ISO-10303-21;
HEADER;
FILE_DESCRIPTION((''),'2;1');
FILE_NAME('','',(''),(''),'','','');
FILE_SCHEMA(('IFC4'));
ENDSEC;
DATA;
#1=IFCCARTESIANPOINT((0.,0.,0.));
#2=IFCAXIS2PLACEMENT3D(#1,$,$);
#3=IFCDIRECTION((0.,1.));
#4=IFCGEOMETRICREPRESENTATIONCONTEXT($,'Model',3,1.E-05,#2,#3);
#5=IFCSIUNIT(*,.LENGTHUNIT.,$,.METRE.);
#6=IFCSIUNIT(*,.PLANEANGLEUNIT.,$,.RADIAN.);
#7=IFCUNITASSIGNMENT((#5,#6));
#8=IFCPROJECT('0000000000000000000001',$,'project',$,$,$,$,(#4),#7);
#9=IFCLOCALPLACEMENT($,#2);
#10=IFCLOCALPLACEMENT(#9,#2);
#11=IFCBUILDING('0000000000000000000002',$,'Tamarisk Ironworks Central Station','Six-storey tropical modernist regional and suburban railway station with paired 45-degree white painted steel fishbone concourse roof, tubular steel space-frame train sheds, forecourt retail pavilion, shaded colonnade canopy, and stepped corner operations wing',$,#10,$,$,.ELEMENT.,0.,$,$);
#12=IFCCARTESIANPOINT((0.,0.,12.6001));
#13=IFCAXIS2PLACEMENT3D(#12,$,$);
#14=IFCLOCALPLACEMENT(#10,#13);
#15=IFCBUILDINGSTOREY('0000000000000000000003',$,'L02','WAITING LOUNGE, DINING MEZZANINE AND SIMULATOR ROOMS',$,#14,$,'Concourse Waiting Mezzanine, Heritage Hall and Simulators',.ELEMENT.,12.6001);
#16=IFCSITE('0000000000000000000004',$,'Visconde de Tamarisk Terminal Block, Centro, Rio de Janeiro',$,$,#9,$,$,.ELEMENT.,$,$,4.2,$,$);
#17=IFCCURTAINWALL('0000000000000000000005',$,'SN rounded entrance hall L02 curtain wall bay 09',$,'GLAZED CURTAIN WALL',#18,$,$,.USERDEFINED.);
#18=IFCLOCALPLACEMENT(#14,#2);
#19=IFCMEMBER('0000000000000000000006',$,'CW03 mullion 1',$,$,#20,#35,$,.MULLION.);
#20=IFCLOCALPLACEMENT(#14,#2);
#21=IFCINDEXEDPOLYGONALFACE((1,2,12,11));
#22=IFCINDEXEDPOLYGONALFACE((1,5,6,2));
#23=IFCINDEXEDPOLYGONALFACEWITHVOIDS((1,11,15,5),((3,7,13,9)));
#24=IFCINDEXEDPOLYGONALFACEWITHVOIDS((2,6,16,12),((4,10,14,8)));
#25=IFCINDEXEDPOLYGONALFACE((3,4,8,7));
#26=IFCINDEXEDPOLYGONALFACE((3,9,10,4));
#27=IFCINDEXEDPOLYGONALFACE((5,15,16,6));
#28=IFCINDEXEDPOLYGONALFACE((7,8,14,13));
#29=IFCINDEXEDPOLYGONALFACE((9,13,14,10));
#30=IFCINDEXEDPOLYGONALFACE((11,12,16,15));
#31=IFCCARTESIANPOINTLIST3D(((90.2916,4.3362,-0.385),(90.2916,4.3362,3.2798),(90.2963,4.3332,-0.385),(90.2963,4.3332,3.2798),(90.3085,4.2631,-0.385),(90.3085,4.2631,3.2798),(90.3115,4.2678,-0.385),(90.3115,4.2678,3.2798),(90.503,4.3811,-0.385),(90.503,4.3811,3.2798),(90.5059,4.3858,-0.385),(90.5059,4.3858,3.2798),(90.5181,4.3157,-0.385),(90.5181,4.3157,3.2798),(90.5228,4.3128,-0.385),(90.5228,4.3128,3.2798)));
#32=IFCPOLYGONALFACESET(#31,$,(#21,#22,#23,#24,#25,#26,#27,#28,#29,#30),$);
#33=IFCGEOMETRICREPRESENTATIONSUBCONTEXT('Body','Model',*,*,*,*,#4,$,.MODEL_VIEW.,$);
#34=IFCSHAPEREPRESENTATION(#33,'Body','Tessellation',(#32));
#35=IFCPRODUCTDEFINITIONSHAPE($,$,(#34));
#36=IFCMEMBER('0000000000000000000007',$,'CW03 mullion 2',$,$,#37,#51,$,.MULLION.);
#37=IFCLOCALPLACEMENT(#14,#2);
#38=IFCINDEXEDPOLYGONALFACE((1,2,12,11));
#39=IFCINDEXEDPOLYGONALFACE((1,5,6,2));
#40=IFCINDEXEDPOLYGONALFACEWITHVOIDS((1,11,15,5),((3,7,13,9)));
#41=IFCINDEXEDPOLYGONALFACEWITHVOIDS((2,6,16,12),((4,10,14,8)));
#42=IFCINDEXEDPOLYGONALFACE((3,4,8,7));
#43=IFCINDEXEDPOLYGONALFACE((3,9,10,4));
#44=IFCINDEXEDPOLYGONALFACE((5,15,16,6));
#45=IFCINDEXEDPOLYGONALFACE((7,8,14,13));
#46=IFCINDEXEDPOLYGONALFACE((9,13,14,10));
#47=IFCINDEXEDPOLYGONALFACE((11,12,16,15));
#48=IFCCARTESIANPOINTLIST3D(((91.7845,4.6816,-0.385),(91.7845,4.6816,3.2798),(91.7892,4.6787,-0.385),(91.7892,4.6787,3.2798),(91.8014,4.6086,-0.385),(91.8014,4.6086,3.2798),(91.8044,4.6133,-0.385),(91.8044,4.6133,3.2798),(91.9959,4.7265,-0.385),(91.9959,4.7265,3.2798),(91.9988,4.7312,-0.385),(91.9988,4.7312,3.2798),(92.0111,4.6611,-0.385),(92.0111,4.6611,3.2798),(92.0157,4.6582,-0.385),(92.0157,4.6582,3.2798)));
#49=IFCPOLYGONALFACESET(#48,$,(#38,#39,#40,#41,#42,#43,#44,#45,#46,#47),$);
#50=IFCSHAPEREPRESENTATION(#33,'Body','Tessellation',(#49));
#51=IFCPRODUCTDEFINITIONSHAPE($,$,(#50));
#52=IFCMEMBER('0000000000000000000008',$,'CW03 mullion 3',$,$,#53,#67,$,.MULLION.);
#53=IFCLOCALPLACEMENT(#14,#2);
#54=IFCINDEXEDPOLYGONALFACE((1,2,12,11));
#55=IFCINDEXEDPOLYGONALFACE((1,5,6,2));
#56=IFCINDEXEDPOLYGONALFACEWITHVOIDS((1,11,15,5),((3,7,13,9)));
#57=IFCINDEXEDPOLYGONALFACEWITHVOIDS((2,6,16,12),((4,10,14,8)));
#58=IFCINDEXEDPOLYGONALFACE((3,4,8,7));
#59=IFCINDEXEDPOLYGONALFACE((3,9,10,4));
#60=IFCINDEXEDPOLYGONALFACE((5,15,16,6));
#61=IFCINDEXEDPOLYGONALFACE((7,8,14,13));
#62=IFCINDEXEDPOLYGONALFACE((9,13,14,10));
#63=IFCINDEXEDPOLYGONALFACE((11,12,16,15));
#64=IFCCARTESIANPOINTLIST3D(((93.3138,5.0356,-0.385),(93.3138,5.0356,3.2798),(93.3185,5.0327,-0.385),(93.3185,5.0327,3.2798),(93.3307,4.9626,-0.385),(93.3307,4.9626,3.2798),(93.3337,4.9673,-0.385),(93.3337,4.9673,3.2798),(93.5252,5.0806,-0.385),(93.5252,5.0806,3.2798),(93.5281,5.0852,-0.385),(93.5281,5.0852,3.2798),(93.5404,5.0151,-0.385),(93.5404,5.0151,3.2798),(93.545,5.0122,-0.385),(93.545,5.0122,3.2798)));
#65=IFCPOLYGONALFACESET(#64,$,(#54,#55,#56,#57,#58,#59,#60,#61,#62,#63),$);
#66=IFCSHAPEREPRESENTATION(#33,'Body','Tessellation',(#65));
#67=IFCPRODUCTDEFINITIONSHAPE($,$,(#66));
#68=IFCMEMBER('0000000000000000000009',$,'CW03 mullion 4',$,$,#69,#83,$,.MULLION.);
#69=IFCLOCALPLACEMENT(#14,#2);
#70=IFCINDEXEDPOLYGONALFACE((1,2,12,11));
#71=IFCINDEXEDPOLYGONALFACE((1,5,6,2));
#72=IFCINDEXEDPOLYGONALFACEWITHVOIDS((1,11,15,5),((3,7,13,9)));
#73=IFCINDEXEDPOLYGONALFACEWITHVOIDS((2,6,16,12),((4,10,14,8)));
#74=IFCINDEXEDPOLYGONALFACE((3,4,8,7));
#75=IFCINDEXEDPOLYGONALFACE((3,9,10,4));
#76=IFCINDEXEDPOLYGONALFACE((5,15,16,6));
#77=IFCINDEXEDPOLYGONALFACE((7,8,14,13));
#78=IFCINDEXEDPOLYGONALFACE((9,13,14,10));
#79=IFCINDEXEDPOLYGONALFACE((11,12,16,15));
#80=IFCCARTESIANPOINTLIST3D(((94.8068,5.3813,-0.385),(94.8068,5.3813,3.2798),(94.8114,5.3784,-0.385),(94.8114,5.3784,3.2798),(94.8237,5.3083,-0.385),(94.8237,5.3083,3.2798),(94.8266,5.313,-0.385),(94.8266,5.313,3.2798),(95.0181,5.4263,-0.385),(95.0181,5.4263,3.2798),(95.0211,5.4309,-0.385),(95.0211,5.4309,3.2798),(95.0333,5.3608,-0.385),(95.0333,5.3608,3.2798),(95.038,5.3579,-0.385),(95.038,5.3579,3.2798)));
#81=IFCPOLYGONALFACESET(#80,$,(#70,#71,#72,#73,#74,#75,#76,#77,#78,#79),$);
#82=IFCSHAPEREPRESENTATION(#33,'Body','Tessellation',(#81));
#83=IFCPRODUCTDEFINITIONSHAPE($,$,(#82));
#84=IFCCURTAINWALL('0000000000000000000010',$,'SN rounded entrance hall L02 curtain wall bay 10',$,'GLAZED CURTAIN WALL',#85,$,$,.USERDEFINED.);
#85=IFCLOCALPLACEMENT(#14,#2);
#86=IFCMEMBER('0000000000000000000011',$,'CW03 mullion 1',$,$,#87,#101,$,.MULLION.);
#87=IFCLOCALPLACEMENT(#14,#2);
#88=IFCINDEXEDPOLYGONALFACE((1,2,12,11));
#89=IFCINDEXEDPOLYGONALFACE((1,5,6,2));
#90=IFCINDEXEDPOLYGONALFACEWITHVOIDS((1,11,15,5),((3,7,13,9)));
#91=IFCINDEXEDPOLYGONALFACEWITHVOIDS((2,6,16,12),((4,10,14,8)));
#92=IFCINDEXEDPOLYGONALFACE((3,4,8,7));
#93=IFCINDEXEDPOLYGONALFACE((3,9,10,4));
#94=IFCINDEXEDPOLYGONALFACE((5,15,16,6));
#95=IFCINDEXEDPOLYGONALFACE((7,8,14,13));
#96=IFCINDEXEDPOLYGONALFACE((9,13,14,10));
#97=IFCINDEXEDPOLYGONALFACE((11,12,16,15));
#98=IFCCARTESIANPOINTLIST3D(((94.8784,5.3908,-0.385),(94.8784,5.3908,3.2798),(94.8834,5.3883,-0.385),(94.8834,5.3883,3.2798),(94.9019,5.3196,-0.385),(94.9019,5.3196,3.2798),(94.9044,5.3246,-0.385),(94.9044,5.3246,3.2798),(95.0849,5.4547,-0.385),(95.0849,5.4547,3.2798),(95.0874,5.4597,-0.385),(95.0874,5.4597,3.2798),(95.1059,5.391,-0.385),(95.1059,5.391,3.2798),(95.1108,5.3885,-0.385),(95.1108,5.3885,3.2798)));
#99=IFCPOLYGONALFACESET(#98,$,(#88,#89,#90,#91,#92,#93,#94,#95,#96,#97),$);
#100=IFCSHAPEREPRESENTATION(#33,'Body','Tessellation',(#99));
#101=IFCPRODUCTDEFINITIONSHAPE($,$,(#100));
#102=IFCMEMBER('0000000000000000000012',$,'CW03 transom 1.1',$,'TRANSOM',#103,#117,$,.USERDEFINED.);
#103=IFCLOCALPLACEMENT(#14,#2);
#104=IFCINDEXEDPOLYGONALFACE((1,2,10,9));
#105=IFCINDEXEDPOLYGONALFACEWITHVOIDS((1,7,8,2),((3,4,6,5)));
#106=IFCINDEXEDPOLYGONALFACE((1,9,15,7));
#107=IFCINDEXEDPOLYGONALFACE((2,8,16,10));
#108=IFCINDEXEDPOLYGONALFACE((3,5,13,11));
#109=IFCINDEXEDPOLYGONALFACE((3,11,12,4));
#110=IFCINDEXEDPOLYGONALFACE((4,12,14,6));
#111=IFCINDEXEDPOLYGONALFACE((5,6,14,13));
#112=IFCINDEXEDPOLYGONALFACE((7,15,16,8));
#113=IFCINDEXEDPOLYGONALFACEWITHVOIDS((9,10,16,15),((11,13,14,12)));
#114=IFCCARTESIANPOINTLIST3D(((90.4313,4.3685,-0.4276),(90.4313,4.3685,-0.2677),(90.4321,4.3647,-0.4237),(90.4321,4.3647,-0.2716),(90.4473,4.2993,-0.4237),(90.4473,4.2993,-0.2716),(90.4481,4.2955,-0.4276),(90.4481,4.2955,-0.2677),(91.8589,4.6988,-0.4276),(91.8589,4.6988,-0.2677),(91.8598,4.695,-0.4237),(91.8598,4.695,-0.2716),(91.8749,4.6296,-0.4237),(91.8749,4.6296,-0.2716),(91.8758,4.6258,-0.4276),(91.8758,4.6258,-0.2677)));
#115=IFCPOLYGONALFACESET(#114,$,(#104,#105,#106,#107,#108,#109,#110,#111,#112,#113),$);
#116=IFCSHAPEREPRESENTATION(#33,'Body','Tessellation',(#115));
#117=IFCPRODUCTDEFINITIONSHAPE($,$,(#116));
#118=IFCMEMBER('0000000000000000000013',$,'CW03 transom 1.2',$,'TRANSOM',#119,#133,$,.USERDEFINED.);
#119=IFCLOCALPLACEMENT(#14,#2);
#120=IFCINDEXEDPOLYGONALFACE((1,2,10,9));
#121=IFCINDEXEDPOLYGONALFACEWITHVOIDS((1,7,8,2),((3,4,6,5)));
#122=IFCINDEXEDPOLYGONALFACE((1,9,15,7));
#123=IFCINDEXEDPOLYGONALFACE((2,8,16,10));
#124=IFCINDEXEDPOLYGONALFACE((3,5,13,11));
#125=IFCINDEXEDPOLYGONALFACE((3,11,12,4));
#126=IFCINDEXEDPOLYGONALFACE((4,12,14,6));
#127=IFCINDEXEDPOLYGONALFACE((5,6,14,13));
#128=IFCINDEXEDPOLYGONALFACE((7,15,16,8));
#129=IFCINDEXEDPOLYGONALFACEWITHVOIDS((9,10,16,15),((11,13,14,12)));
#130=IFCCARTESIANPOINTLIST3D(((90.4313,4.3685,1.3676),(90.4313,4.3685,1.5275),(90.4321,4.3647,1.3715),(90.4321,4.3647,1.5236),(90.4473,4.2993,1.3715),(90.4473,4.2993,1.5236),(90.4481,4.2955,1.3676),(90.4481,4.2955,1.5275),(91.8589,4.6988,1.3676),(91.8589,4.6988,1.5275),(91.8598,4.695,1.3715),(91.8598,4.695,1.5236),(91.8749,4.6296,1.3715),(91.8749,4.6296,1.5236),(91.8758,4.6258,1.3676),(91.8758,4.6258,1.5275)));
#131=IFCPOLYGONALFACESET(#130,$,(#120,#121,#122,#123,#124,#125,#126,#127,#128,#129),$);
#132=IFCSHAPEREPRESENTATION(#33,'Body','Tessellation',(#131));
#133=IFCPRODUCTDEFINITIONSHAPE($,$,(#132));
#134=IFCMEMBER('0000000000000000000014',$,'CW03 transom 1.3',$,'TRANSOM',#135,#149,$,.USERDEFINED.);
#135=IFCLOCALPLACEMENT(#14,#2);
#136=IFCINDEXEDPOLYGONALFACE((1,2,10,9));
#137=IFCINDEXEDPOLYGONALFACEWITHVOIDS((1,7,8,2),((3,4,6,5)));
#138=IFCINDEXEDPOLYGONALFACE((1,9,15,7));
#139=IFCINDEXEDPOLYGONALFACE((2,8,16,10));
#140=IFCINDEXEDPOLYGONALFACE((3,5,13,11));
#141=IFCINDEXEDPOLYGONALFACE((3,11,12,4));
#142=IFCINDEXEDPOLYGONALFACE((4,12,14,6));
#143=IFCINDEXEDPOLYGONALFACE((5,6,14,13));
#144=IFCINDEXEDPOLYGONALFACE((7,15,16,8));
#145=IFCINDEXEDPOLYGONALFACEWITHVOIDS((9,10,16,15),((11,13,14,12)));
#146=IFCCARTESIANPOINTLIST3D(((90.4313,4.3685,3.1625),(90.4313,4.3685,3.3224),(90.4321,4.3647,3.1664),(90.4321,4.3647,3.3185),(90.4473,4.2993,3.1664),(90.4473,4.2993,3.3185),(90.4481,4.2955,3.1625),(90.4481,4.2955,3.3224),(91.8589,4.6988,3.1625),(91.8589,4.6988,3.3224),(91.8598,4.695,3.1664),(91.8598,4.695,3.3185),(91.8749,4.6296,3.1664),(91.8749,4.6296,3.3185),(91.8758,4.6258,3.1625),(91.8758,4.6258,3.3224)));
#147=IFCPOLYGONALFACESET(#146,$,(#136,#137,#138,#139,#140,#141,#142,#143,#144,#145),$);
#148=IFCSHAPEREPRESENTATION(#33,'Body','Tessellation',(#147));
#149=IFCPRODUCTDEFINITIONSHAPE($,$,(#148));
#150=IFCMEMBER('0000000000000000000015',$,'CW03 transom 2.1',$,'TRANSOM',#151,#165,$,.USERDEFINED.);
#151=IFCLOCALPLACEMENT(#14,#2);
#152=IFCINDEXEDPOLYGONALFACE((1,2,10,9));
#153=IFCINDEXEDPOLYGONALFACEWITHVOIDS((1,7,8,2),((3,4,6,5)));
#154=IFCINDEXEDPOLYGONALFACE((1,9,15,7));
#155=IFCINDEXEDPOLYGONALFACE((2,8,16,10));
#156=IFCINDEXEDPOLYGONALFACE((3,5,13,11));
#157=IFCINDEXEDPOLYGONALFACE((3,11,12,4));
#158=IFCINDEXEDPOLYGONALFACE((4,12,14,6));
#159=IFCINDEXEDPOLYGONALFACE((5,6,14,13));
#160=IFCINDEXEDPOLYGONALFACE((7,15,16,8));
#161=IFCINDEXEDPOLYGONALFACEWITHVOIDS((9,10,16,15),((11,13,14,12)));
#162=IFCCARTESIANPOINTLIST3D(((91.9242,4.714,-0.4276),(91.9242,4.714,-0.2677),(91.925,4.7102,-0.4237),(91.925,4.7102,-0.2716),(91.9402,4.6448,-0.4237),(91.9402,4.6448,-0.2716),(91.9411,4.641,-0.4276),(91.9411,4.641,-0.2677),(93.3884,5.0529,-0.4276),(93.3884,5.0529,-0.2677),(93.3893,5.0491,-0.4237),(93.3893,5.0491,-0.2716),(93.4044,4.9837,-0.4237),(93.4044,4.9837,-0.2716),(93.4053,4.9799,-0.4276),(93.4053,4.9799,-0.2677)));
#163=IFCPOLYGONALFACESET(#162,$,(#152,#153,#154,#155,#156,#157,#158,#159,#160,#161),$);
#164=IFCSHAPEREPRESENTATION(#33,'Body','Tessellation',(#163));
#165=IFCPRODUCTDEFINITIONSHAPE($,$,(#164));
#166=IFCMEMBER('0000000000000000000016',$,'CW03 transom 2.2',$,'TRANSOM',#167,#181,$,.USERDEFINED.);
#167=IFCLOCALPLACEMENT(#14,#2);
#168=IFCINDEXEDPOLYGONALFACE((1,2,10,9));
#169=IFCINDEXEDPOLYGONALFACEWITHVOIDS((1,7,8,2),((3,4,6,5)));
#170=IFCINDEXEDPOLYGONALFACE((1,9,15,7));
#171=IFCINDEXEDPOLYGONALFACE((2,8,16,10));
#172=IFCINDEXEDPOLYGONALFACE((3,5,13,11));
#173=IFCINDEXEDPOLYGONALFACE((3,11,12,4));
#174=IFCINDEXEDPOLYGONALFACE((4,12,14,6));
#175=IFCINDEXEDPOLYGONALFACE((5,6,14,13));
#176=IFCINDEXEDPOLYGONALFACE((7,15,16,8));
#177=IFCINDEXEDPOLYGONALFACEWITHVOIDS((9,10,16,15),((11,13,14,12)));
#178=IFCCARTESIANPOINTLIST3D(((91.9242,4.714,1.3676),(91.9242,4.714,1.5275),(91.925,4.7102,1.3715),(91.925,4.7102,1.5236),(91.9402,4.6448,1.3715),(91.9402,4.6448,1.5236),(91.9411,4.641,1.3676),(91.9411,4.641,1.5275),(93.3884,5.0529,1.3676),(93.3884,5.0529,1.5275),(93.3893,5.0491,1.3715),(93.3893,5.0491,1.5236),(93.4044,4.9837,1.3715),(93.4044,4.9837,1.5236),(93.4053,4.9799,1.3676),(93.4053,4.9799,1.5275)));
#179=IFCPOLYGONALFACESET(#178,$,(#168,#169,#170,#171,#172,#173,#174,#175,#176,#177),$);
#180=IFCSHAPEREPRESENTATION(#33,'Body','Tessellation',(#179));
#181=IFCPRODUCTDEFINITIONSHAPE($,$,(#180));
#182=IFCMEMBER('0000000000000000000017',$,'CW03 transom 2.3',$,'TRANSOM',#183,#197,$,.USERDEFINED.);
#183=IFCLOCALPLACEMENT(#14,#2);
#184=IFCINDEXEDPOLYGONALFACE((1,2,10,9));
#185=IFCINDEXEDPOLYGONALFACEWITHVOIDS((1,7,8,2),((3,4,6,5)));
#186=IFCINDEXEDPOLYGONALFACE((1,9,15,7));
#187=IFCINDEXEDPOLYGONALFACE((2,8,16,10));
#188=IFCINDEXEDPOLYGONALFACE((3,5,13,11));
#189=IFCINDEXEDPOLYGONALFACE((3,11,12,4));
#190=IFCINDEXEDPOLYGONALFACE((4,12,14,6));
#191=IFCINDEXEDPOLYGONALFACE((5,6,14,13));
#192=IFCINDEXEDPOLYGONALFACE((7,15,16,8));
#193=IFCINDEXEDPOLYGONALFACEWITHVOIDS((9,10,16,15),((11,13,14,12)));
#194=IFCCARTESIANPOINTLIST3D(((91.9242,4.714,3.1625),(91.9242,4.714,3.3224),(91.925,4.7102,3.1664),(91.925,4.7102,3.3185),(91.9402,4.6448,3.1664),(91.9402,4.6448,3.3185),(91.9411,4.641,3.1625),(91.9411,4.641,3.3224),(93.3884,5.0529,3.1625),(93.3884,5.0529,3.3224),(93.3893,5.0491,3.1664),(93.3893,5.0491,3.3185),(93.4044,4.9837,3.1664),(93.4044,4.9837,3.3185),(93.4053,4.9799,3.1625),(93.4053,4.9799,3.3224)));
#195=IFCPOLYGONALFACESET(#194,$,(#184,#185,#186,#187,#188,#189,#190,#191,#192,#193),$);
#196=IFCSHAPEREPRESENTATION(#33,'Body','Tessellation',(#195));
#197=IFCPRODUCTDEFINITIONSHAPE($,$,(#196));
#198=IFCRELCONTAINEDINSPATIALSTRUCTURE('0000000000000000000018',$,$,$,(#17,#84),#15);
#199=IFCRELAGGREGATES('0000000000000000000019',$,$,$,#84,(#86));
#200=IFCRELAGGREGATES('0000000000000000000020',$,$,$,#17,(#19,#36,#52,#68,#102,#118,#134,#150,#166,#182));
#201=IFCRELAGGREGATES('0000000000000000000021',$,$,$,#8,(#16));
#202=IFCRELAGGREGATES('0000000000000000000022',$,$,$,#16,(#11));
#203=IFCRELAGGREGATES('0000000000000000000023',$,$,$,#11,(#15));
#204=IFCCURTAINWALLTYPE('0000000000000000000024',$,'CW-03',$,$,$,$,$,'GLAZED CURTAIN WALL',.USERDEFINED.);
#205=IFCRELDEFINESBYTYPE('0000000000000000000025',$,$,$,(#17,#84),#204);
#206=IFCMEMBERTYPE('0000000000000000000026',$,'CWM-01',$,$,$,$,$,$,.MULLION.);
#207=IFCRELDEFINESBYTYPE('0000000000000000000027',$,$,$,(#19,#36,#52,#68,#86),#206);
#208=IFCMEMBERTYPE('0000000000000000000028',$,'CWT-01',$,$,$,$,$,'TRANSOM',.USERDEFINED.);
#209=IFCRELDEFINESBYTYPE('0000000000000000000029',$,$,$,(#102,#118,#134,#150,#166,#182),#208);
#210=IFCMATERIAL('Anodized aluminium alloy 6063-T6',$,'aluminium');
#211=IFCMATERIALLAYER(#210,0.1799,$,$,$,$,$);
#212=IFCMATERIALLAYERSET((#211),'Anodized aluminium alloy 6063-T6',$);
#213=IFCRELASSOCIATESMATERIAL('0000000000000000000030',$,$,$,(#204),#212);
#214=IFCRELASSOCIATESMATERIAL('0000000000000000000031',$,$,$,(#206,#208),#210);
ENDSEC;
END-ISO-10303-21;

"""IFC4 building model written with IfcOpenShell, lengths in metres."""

from ifc_helpers import new_model, si_unit, direction, frame, origin, origin_2d, place, context, subcontext, project, spatial, hollow_rectangle, extrude, material, layer, layer_set, material_profile, profile_set, type_object, element, aggregate, save


model = new_model("IFC4")

# Units and contexts
model_context = context("Model", 3, precision=1e-05, world=origin(), true_north=direction((0.0, 1.0)))
body_context = subcontext(model_context, "Body", "Model", "MODEL_VIEW")
ifc_project = project(units=[si_unit("LENGTHUNIT", "METRE"), si_unit("PLANEANGLEUNIT", "RADIAN")], contexts=[model_context])

# Site, building, storey
site_placement = place(None, origin())
site = spatial("IfcSite", under=ifc_project, at=site_placement, Name="Visconde de Tamarisk Terminal Block, Centro, Rio de Janeiro", CompositionType="ELEMENT", RefElevation=4.2)
building_placement = place(site_placement, origin())
building = spatial("IfcBuilding", under=site, at=building_placement, Name="Tamarisk Ironworks Central Station", Description="Six-storey tropical modernist regional and suburban railway station with paired 45-degree white painted steel fishbone concourse roof, tubular steel space-frame train sheds, forecourt retail pavilion, shaded colonnade canopy, and stepped corner operations wing", CompositionType="ELEMENT", ElevationOfRefHeight=0.0)
storey_placement = place(building_placement, frame((0.0, 0.0, 12.6001)))
storey = spatial("IfcBuildingStorey", under=building, at=storey_placement, Name="L02", Description="WAITING LOUNGE, DINING MEZZANINE AND SIMULATOR ROOMS", LongName="Concourse Waiting Mezzanine, Heritage Hall and Simulators", CompositionType="ELEMENT", Elevation=12.6001)

# Curtain wall, members
ifc_material_1 = material(Name="Anodized aluminium alloy 6063-T6", Category="aluminium")
ifc_layer_1 = layer(ifc_material_1, 0.1799)
ifc_layer_set_1 = layer_set([ifc_layer_1], Name="Anodized aluminium alloy 6063-T6")
curtain_wall_type = type_object("IfcCurtainWallType", Name="CW-03", ElementType="GLAZED CURTAIN WALL", PredefinedType="USERDEFINED", material=ifc_layer_set_1)
curtain_wall_1_placement = place(storey_placement, origin())
curtain_wall_1 = element("IfcCurtainWall", 1, at=curtain_wall_1_placement, inside=storey, type_object=curtain_wall_type, Name="SN rounded entrance hall L02 curtain wall bay 09", ObjectType="GLAZED CURTAIN WALL", PredefinedType="USERDEFINED")
ifc_material_profile_1 = material_profile(ifc_material_1, hollow_rectangle(XDim=0.075, YDim=0.22, WallThickness=0.0039, at=origin_2d()), Name="ALUM 220x75")
ifc_profile_set_1 = profile_set([ifc_material_profile_1], Name="Anodized aluminium alloy 6063-T6")
member_type_1 = type_object("IfcMemberType", Name="CWM-01", PredefinedType="MULLION", material=ifc_profile_set_1)
member_1_placement = place(storey_placement, frame((90.4072, 4.3245, -0.385), z_axis=(0.0, 0.0, 1.0), x_axis=(-0.225517, 0.974239, 0.0)))
member_1 = element("IfcMember", 2, at=member_1_placement, type_object=member_type_1, Name="CW03 mullion 1", PredefinedType="MULLION", context=body_context, shape_type="SweptSolid", body=[
    extrude(hollow_rectangle(XDim=0.075, YDim=0.22, WallThickness=0.0039, at=origin_2d()), origin(), (0.0, 0.0, 1.0), 3.6648),
])
member_2_placement = place(storey_placement, frame((91.9001, 4.6699, -0.385), z_axis=(0.0, 0.0, 1.0), x_axis=(-0.225517, 0.974239, 0.0)))
member_2 = element("IfcMember", 3, at=member_2_placement, type_object=member_type_1, Name="CW03 mullion 2", PredefinedType="MULLION", context=body_context, shape_type="SweptSolid", body=[
    extrude(hollow_rectangle(XDim=0.075, YDim=0.22, WallThickness=0.0039, at=origin_2d()), origin(), (0.0, 0.0, 1.0), 3.6648),
])
member_3_placement = place(storey_placement, frame((93.4294, 5.0239, -0.385), z_axis=(0.0, 0.0, 1.0), x_axis=(-0.225517, 0.974239, 0.0)))
member_3 = element("IfcMember", 4, at=member_3_placement, type_object=member_type_1, Name="CW03 mullion 3", PredefinedType="MULLION", context=body_context, shape_type="SweptSolid", body=[
    extrude(hollow_rectangle(XDim=0.075, YDim=0.22, WallThickness=0.0039, at=origin_2d()), origin(), (0.0, 0.0, 1.0), 3.6648),
])
member_4_placement = place(storey_placement, frame((94.9224, 5.3696, -0.385), z_axis=(0.0, 0.0, 1.0), x_axis=(-0.225517, 0.974239, 0.0)))
member_4 = element("IfcMember", 5, at=member_4_placement, type_object=member_type_1, Name="CW03 mullion 4", PredefinedType="MULLION", context=body_context, shape_type="SweptSolid", body=[
    extrude(hollow_rectangle(XDim=0.075, YDim=0.22, WallThickness=0.0039, at=origin_2d()), origin(), (0.0, 0.0, 1.0), 3.6648),
])

# Curtain wall, member
curtain_wall_2_placement = place(storey_placement, origin())
curtain_wall_2 = element("IfcCurtainWall", 6, at=curtain_wall_2_placement, inside=storey, type_object=curtain_wall_type, Name="SN rounded entrance hall L02 curtain wall bay 10", ObjectType="GLAZED CURTAIN WALL", PredefinedType="USERDEFINED")
member_5_placement = place(storey_placement, frame((94.9946, 5.3896, -0.385), z_axis=(0.0, 0.0, 1.0), x_axis=(-0.313098, 0.949721, 0.0)))
member_5 = element("IfcMember", 7, at=member_5_placement, type_object=member_type_1, Name="CW03 mullion 1", PredefinedType="MULLION", context=body_context, shape_type="SweptSolid", body=[
    extrude(hollow_rectangle(XDim=0.075, YDim=0.22, WallThickness=0.0039, at=origin_2d()), origin(), (0.0, 0.0, 1.0), 3.6648),
])

# Members
ifc_material_profile_2 = material_profile(ifc_material_1, hollow_rectangle(XDim=0.075, YDim=0.1599, WallThickness=0.0039, at=origin_2d()), Name="ALUM 160x75")
ifc_profile_set_2 = profile_set([ifc_material_profile_2], Name="Anodized aluminium alloy 6063-T6")
member_type_2 = type_object("IfcMemberType", Name="CWT-01", ElementType="TRANSOM", PredefinedType="USERDEFINED", material=ifc_profile_set_2)
member_6_placement = place(storey_placement, frame((90.4397, 4.332, -0.3477), z_axis=(0.974265, 0.225407, 0.0), x_axis=(-0.225407, 0.974265, 0.0)))
member_6 = element("IfcMember", 8, at=member_6_placement, type_object=member_type_2, Name="CW03 transom 1.1", ObjectType="TRANSOM", PredefinedType="USERDEFINED", context=body_context, shape_type="SweptSolid", body=[
    extrude(hollow_rectangle(XDim=0.075, YDim=0.1599, WallThickness=0.0039, at=origin_2d()), origin(), (0.0, 0.0, 1.0), 1.4653),
])
member_7_placement = place(storey_placement, frame((90.4397, 4.332, 1.4475), z_axis=(0.974265, 0.225407, 0.0), x_axis=(-0.225407, 0.974265, 0.0)))
member_7 = element("IfcMember", 9, at=member_7_placement, type_object=member_type_2, Name="CW03 transom 1.2", ObjectType="TRANSOM", PredefinedType="USERDEFINED", context=body_context, shape_type="SweptSolid", body=[
    extrude(hollow_rectangle(XDim=0.075, YDim=0.1599, WallThickness=0.0039, at=origin_2d()), origin(), (0.0, 0.0, 1.0), 1.4653),
])
member_8_placement = place(storey_placement, frame((90.4397, 4.332, 3.2424), z_axis=(0.974265, 0.225407, 0.0), x_axis=(-0.225407, 0.974265, 0.0)))
member_8 = element("IfcMember", 10, at=member_8_placement, type_object=member_type_2, Name="CW03 transom 1.3", ObjectType="TRANSOM", PredefinedType="USERDEFINED", context=body_context, shape_type="SweptSolid", body=[
    extrude(hollow_rectangle(XDim=0.075, YDim=0.1599, WallThickness=0.0039, at=origin_2d()), origin(), (0.0, 0.0, 1.0), 1.4653),
])
member_9_placement = place(storey_placement, frame((91.9326, 4.6775, -0.3477), z_axis=(0.974246, 0.225488, 0.0), x_axis=(-0.225488, 0.974246, 0.0)))
member_9 = element("IfcMember", 11, at=member_9_placement, type_object=member_type_2, Name="CW03 transom 2.1", ObjectType="TRANSOM", PredefinedType="USERDEFINED", context=body_context, shape_type="SweptSolid", body=[
    extrude(hollow_rectangle(XDim=0.075, YDim=0.1599, WallThickness=0.0039, at=origin_2d()), origin(), (0.0, 0.0, 1.0), 1.5029),
])
member_10_placement = place(storey_placement, frame((91.9326, 4.6775, 1.4475), z_axis=(0.974246, 0.225488, 0.0), x_axis=(-0.225488, 0.974246, 0.0)))
member_10 = element("IfcMember", 12, at=member_10_placement, type_object=member_type_2, Name="CW03 transom 2.2", ObjectType="TRANSOM", PredefinedType="USERDEFINED", context=body_context, shape_type="SweptSolid", body=[
    extrude(hollow_rectangle(XDim=0.075, YDim=0.1599, WallThickness=0.0039, at=origin_2d()), origin(), (0.0, 0.0, 1.0), 1.5029),
])
member_11_placement = place(storey_placement, frame((91.9326, 4.6775, 3.2424), z_axis=(0.974246, 0.225488, 0.0), x_axis=(-0.225488, 0.974246, 0.0)))
member_11 = element("IfcMember", 13, at=member_11_placement, type_object=member_type_2, Name="CW03 transom 2.3", ObjectType="TRANSOM", PredefinedType="USERDEFINED", context=body_context, shape_type="SweptSolid", body=[
    extrude(hollow_rectangle(XDim=0.075, YDim=0.1599, WallThickness=0.0039, at=origin_2d()), origin(), (0.0, 0.0, 1.0), 1.5029),
])
aggregate(curtain_wall_2, [member_5])

aggregate(curtain_wall_1, [member_1, member_2, member_3, member_4, member_6, member_7, member_8, member_9, member_10, member_11])

save(model, "model.ifc")
